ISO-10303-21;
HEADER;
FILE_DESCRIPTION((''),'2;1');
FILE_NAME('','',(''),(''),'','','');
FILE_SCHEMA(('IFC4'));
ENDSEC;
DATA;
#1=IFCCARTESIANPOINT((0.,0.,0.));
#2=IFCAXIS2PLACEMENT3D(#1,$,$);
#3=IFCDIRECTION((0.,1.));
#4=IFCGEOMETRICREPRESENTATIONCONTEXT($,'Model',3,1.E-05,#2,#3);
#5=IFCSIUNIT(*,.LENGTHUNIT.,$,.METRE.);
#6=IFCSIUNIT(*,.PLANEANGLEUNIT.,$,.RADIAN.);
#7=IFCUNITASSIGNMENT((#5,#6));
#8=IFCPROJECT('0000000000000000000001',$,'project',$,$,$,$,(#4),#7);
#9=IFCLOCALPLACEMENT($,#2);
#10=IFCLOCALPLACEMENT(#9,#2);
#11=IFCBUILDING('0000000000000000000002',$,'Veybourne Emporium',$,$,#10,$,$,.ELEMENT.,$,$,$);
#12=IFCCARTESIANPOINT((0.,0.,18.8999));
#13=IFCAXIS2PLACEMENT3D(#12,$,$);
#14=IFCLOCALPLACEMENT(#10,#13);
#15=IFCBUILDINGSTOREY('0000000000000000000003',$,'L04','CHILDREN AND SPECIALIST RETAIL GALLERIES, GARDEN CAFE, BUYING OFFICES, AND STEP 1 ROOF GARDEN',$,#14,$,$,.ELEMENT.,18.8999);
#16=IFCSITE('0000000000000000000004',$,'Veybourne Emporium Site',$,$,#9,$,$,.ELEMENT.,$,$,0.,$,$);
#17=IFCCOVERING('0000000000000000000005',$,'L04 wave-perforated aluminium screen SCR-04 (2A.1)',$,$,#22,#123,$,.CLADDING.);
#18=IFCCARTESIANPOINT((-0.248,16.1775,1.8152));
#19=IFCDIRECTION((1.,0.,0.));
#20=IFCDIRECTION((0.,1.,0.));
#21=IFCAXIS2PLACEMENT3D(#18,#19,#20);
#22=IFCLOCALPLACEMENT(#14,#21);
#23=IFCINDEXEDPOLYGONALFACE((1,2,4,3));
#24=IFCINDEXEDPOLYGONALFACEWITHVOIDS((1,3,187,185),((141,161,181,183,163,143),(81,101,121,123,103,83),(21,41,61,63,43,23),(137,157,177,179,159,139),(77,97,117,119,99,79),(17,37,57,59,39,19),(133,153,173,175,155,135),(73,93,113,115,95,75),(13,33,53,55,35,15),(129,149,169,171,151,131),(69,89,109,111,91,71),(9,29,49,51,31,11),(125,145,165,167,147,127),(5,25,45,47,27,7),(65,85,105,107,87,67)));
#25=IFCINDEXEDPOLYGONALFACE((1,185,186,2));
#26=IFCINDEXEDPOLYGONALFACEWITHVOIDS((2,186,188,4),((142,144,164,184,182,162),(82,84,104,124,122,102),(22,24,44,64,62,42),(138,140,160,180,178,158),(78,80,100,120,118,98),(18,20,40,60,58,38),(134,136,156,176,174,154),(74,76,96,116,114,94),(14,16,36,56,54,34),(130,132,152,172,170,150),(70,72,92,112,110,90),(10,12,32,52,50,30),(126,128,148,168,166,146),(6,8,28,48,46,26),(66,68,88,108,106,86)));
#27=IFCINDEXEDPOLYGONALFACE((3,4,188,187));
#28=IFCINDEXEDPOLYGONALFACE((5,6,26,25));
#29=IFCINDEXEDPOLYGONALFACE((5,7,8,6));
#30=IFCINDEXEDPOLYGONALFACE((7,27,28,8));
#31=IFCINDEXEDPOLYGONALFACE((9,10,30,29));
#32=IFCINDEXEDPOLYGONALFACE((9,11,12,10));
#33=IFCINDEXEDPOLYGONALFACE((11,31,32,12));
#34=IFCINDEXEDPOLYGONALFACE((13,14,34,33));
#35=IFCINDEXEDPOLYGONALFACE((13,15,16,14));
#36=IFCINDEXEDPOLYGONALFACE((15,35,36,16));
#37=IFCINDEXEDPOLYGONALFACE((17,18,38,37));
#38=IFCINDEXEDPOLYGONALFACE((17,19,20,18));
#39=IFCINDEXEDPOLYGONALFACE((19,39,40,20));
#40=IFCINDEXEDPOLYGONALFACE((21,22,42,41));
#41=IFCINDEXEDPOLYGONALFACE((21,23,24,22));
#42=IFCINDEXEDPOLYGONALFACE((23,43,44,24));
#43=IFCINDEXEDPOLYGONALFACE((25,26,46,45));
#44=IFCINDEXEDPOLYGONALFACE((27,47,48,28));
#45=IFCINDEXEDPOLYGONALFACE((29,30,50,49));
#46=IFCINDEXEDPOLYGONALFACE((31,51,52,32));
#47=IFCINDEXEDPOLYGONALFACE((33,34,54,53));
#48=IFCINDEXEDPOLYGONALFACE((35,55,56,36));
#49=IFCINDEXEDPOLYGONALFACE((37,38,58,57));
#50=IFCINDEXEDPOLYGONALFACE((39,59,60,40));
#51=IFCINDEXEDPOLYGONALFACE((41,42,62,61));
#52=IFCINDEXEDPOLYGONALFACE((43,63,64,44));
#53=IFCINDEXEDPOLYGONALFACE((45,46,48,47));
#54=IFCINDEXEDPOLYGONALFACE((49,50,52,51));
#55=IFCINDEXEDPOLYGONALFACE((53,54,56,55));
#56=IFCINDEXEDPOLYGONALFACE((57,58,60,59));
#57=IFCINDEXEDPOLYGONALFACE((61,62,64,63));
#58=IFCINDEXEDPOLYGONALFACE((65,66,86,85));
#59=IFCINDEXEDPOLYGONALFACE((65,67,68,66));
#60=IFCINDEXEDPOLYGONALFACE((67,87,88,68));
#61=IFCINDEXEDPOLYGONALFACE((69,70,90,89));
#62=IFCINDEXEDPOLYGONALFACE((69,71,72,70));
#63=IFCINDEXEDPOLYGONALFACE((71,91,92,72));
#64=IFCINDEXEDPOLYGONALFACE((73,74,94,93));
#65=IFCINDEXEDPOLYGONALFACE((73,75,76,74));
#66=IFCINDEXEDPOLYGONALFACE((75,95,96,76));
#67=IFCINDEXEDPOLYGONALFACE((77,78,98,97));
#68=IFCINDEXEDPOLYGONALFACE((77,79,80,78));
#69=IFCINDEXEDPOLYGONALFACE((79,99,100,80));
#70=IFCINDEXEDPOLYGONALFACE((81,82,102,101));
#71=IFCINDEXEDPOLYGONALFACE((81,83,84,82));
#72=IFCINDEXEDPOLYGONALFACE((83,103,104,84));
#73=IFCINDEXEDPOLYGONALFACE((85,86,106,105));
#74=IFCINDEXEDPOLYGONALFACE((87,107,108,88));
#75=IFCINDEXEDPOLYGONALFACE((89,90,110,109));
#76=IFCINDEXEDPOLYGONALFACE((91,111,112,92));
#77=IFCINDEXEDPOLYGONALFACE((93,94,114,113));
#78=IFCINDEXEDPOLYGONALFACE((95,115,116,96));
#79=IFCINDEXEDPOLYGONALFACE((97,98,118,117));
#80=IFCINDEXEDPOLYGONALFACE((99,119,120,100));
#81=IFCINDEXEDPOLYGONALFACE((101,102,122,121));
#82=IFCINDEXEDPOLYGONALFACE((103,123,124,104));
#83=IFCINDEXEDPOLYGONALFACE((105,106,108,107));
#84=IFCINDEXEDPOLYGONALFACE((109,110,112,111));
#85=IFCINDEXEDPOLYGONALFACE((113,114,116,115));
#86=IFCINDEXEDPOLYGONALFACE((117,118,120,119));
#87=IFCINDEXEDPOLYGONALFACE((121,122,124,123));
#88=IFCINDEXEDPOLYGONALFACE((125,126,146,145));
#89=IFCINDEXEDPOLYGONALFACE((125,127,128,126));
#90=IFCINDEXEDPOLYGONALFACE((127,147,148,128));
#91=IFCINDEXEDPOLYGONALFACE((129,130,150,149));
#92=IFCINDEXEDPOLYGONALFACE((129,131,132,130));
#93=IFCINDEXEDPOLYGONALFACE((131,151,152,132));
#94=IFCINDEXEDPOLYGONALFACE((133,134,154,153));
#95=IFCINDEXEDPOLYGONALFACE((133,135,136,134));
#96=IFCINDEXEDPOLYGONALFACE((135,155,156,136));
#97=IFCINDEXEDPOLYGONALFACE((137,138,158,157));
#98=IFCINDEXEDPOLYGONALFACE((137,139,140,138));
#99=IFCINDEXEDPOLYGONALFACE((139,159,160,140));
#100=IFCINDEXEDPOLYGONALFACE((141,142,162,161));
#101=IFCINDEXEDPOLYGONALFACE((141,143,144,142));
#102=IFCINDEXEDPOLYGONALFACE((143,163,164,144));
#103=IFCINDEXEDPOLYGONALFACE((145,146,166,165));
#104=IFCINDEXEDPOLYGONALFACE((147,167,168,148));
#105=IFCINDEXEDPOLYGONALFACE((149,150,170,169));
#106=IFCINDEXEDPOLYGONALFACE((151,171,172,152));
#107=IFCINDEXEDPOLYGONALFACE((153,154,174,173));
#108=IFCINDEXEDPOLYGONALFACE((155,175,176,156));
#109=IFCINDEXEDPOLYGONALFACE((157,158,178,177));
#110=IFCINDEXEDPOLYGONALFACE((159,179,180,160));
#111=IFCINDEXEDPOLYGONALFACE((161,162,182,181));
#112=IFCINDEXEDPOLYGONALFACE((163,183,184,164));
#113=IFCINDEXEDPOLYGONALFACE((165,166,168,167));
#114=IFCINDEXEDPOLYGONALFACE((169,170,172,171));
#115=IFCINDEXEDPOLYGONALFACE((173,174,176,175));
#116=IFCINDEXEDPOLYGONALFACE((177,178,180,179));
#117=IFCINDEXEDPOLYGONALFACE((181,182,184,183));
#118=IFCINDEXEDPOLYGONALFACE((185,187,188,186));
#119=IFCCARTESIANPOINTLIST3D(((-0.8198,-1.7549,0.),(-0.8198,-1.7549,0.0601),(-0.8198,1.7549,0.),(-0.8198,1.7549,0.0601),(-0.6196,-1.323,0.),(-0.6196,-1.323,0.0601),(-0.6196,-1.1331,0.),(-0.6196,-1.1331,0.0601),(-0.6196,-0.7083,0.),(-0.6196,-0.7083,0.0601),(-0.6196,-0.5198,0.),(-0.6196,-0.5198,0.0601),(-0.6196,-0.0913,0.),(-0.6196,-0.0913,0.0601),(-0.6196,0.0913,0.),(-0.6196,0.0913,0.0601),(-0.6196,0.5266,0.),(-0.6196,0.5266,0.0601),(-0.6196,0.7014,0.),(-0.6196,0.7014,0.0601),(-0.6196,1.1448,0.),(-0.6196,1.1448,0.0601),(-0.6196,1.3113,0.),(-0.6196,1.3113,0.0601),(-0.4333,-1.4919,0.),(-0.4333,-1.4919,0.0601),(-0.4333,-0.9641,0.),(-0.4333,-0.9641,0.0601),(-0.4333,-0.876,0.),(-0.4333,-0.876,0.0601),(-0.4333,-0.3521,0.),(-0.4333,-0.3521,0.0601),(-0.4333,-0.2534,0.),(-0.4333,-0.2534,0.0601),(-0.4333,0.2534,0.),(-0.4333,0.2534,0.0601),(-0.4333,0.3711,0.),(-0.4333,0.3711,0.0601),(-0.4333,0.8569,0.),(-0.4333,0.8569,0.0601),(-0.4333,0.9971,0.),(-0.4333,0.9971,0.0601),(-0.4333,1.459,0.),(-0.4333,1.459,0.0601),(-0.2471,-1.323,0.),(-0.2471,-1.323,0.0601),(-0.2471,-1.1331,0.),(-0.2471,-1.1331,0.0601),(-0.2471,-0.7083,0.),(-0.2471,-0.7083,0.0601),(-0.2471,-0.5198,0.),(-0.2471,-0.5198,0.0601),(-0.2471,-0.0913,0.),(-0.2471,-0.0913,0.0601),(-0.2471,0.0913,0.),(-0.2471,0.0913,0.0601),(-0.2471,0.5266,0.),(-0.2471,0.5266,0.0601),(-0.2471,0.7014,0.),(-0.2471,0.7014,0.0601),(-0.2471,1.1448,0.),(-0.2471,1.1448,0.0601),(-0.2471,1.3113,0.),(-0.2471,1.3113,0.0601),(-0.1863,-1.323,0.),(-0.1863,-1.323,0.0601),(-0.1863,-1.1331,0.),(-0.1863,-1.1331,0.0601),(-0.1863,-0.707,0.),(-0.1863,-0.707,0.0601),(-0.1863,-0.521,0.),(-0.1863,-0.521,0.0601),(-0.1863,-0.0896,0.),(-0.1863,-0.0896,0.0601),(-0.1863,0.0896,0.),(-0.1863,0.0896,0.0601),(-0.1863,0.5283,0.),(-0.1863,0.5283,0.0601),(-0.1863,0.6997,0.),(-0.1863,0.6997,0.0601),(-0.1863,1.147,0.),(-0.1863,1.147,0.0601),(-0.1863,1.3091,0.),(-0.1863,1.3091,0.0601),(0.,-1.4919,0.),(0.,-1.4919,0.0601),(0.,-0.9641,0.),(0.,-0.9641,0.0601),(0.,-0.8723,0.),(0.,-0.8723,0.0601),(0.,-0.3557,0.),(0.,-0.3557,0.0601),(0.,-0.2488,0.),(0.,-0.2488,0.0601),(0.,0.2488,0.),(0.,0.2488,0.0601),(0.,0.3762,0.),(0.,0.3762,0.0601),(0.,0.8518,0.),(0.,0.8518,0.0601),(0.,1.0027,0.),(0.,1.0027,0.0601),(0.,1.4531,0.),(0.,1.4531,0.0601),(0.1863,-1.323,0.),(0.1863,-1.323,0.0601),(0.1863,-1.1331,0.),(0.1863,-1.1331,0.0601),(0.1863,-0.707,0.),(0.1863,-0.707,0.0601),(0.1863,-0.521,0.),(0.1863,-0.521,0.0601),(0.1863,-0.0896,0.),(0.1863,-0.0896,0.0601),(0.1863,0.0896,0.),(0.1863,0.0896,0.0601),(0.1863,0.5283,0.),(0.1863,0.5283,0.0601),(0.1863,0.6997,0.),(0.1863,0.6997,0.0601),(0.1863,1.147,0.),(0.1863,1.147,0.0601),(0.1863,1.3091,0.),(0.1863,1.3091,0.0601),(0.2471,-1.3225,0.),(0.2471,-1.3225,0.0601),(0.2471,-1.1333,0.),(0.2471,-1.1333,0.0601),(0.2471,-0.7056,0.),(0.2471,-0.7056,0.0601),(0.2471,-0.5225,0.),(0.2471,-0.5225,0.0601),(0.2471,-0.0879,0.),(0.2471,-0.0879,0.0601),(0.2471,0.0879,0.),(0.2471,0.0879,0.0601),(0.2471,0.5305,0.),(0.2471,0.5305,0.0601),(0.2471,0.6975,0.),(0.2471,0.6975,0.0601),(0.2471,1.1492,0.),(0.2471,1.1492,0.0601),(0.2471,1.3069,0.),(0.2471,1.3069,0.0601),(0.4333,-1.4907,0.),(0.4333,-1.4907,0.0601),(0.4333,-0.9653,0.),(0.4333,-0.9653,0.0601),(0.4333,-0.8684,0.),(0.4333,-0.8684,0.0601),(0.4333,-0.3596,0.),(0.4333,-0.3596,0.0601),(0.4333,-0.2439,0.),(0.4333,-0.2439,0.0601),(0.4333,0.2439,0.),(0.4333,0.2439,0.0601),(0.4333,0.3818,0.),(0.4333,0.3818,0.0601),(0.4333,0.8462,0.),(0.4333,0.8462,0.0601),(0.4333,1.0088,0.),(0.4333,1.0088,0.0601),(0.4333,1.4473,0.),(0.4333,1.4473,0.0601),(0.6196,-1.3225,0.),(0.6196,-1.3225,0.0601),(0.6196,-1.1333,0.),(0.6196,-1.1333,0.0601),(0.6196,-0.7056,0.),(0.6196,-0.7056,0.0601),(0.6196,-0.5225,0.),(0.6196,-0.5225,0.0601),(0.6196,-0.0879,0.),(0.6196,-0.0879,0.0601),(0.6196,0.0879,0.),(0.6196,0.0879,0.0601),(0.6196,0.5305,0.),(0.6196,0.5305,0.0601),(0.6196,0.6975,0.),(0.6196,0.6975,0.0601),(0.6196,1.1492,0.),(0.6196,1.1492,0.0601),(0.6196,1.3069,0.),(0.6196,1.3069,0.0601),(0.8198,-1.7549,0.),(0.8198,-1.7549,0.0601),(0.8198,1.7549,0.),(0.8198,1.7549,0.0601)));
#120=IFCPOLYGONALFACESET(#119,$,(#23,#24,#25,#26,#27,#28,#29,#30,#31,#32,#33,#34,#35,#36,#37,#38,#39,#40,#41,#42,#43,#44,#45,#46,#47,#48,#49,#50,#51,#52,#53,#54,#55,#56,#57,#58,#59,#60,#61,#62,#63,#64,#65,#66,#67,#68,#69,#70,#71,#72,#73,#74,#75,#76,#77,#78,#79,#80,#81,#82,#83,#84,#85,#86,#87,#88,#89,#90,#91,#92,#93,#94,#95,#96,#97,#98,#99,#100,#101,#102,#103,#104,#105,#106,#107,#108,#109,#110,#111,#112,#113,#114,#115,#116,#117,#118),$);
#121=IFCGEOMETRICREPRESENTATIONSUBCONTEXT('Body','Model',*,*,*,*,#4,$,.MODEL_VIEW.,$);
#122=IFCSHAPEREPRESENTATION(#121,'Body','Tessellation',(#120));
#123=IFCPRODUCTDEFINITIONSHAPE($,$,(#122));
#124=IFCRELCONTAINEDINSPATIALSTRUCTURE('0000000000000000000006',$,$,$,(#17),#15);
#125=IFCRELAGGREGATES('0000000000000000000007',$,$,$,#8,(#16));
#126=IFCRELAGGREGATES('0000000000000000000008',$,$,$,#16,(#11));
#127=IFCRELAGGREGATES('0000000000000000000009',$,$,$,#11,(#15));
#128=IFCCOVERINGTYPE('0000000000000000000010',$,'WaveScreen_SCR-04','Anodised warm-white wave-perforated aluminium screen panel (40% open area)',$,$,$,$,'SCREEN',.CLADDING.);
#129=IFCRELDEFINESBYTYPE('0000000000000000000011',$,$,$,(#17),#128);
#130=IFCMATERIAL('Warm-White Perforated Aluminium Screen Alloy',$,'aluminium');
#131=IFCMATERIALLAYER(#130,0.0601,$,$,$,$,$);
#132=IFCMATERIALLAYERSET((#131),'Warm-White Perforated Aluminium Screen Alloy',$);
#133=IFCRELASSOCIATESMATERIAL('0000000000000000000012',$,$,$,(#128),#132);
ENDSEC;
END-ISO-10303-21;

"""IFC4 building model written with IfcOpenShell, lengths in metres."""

from ifc_helpers import new_model, si_unit, direction, frame, origin, place, context, subcontext, project, spatial, polyline, outline, extrude, material, layer, layer_set, type_object, element, save


model = new_model("IFC4")

# Units and contexts
model_context = context("Model", 3, precision=1e-05, world=origin(), true_north=direction((0.0, 1.0)))
body_context = subcontext(model_context, "Body", "Model", "MODEL_VIEW")
ifc_project = project(units=[si_unit("LENGTHUNIT", "METRE"), si_unit("PLANEANGLEUNIT", "RADIAN")], contexts=[model_context])

# Site, building, storey
site_placement = place(None, origin())
site = spatial("IfcSite", under=ifc_project, at=site_placement, Name="Veybourne Emporium Site", CompositionType="ELEMENT", RefElevation=0.0)
building_placement = place(site_placement, origin())
building = spatial("IfcBuilding", under=site, at=building_placement, Name="Veybourne Emporium", CompositionType="ELEMENT")
storey_placement = place(building_placement, frame((0.0, 0.0, 18.8999)))
storey = spatial("IfcBuildingStorey", under=building, at=storey_placement, Name="L04", Description="CHILDREN AND SPECIALIST RETAIL GALLERIES, GARDEN CAFE, BUYING OFFICES, AND STEP 1 ROOF GARDEN", CompositionType="ELEMENT", Elevation=18.8999)

# Covering
ifc_material_1 = material(Name="Warm-White Perforated Aluminium Screen Alloy", Category="aluminium")
ifc_layer_1 = layer(ifc_material_1, 0.0601)
ifc_layer_set_1 = layer_set([ifc_layer_1], Name="Warm-White Perforated Aluminium Screen Alloy")
covering_type_1 = type_object("IfcCoveringType", Name="WaveScreen_SCR-04", Description="Anodised warm-white wave-perforated aluminium screen panel (40% open area)", ElementType="SCREEN", PredefinedType="CLADDING", material=ifc_layer_set_1)
covering_1_placement = place(storey_placement, frame((-0.248, 16.1775, 1.8152), z_axis=(1.0, 0.0, 0.0), x_axis=(0.0, 1.0, 0.0)))
element("IfcCovering", 1, at=covering_1_placement, inside=storey, type_object=covering_type_1, Name="L04 wave-perforated aluminium screen SCR-04 (2A.1)", PredefinedType="CLADDING", context=body_context, shape_type="SweptSolid", body=[
    extrude(outline(polyline([(-0.8198, -1.7549), (0.8198, -1.7549), (0.8198, 1.7549), (-0.8198, 1.7549), (-0.8198, -1.7549)]), holes=[polyline([(-0.4333, -0.9641), (-0.2471, -1.1331), (-0.2471, -1.323), (-0.4333, -1.4919), (-0.6196, -1.323), (-0.6196, -1.1331), (-0.4333, -0.9641)]), polyline([(-0.4333, -0.3521), (-0.2471, -0.5198), (-0.2471, -0.7083), (-0.4333, -0.876), (-0.6196, -0.7083), (-0.6196, -0.5198), (-0.4333, -0.3521)]), polyline([(-0.4333, 0.2534), (-0.2471, 0.0913), (-0.2471, -0.0913), (-0.4333, -0.2534), (-0.6196, -0.0913), (-0.6196, 0.0913), (-0.4333, 0.2534)]), polyline([(-0.4333, 0.8569), (-0.2471, 0.7014), (-0.2471, 0.5266), (-0.4333, 0.3711), (-0.6196, 0.5266), (-0.6196, 0.7014), (-0.4333, 0.8569)]), polyline([(-0.4333, 1.459), (-0.2471, 1.3113), (-0.2471, 1.1448), (-0.4333, 0.9971), (-0.6196, 1.1448), (-0.6196, 1.3113), (-0.4333, 1.459)]), polyline([(0.0, -0.9641), (0.1863, -1.1331), (0.1863, -1.323), (0.0, -1.4919), (-0.1863, -1.323), (-0.1863, -1.1331), (0.0, -0.9641)]), polyline([(0.0, -0.3557), (0.1863, -0.521), (0.1863, -0.707), (0.0, -0.8723), (-0.1863, -0.707), (-0.1863, -0.521), (0.0, -0.3557)]), polyline([(0.0, 0.2488), (0.1863, 0.0896), (0.1863, -0.0896), (0.0, -0.2488), (-0.1863, -0.0896), (-0.1863, 0.0896), (0.0, 0.2488)]), polyline([(0.0, 0.8518), (0.1863, 0.6997), (0.1863, 0.5283), (0.0, 0.3762), (-0.1863, 0.5283), (-0.1863, 0.6997), (0.0, 0.8518)]), polyline([(0.0, 1.4531), (0.1863, 1.3091), (0.1863, 1.147), (0.0, 1.0027), (-0.1863, 1.147), (-0.1863, 1.3091), (0.0, 1.4531)]), polyline([(0.4333, -0.9653), (0.6196, -1.1333), (0.6196, -1.3225), (0.4333, -1.4907), (0.2471, -1.3225), (0.2471, -1.1333), (0.4333, -0.9653)]), polyline([(0.4333, -0.3596), (0.6196, -0.5225), (0.6196, -0.7056), (0.4333, -0.8684), (0.2471, -0.7056), (0.2471, -0.5225), (0.4333, -0.3596)]), polyline([(0.4333, 0.2439), (0.6196, 0.0879), (0.6196, -0.0879), (0.4333, -0.2439), (0.2471, -0.0879), (0.2471, 0.0879), (0.4333, 0.2439)]), polyline([(0.4333, 0.8462), (0.6196, 0.6975), (0.6196, 0.5305), (0.4333, 0.3818), (0.2471, 0.5305), (0.2471, 0.6975), (0.4333, 0.8462)]), polyline([(0.4333, 1.4473), (0.6196, 1.3069), (0.6196, 1.1492), (0.4333, 1.0088), (0.2471, 1.1492), (0.2471, 1.3069), (0.4333, 1.4473)])]), origin(), (0.0, 0.0, 1.0), 0.0601),
])

save(model, "model.ifc")
